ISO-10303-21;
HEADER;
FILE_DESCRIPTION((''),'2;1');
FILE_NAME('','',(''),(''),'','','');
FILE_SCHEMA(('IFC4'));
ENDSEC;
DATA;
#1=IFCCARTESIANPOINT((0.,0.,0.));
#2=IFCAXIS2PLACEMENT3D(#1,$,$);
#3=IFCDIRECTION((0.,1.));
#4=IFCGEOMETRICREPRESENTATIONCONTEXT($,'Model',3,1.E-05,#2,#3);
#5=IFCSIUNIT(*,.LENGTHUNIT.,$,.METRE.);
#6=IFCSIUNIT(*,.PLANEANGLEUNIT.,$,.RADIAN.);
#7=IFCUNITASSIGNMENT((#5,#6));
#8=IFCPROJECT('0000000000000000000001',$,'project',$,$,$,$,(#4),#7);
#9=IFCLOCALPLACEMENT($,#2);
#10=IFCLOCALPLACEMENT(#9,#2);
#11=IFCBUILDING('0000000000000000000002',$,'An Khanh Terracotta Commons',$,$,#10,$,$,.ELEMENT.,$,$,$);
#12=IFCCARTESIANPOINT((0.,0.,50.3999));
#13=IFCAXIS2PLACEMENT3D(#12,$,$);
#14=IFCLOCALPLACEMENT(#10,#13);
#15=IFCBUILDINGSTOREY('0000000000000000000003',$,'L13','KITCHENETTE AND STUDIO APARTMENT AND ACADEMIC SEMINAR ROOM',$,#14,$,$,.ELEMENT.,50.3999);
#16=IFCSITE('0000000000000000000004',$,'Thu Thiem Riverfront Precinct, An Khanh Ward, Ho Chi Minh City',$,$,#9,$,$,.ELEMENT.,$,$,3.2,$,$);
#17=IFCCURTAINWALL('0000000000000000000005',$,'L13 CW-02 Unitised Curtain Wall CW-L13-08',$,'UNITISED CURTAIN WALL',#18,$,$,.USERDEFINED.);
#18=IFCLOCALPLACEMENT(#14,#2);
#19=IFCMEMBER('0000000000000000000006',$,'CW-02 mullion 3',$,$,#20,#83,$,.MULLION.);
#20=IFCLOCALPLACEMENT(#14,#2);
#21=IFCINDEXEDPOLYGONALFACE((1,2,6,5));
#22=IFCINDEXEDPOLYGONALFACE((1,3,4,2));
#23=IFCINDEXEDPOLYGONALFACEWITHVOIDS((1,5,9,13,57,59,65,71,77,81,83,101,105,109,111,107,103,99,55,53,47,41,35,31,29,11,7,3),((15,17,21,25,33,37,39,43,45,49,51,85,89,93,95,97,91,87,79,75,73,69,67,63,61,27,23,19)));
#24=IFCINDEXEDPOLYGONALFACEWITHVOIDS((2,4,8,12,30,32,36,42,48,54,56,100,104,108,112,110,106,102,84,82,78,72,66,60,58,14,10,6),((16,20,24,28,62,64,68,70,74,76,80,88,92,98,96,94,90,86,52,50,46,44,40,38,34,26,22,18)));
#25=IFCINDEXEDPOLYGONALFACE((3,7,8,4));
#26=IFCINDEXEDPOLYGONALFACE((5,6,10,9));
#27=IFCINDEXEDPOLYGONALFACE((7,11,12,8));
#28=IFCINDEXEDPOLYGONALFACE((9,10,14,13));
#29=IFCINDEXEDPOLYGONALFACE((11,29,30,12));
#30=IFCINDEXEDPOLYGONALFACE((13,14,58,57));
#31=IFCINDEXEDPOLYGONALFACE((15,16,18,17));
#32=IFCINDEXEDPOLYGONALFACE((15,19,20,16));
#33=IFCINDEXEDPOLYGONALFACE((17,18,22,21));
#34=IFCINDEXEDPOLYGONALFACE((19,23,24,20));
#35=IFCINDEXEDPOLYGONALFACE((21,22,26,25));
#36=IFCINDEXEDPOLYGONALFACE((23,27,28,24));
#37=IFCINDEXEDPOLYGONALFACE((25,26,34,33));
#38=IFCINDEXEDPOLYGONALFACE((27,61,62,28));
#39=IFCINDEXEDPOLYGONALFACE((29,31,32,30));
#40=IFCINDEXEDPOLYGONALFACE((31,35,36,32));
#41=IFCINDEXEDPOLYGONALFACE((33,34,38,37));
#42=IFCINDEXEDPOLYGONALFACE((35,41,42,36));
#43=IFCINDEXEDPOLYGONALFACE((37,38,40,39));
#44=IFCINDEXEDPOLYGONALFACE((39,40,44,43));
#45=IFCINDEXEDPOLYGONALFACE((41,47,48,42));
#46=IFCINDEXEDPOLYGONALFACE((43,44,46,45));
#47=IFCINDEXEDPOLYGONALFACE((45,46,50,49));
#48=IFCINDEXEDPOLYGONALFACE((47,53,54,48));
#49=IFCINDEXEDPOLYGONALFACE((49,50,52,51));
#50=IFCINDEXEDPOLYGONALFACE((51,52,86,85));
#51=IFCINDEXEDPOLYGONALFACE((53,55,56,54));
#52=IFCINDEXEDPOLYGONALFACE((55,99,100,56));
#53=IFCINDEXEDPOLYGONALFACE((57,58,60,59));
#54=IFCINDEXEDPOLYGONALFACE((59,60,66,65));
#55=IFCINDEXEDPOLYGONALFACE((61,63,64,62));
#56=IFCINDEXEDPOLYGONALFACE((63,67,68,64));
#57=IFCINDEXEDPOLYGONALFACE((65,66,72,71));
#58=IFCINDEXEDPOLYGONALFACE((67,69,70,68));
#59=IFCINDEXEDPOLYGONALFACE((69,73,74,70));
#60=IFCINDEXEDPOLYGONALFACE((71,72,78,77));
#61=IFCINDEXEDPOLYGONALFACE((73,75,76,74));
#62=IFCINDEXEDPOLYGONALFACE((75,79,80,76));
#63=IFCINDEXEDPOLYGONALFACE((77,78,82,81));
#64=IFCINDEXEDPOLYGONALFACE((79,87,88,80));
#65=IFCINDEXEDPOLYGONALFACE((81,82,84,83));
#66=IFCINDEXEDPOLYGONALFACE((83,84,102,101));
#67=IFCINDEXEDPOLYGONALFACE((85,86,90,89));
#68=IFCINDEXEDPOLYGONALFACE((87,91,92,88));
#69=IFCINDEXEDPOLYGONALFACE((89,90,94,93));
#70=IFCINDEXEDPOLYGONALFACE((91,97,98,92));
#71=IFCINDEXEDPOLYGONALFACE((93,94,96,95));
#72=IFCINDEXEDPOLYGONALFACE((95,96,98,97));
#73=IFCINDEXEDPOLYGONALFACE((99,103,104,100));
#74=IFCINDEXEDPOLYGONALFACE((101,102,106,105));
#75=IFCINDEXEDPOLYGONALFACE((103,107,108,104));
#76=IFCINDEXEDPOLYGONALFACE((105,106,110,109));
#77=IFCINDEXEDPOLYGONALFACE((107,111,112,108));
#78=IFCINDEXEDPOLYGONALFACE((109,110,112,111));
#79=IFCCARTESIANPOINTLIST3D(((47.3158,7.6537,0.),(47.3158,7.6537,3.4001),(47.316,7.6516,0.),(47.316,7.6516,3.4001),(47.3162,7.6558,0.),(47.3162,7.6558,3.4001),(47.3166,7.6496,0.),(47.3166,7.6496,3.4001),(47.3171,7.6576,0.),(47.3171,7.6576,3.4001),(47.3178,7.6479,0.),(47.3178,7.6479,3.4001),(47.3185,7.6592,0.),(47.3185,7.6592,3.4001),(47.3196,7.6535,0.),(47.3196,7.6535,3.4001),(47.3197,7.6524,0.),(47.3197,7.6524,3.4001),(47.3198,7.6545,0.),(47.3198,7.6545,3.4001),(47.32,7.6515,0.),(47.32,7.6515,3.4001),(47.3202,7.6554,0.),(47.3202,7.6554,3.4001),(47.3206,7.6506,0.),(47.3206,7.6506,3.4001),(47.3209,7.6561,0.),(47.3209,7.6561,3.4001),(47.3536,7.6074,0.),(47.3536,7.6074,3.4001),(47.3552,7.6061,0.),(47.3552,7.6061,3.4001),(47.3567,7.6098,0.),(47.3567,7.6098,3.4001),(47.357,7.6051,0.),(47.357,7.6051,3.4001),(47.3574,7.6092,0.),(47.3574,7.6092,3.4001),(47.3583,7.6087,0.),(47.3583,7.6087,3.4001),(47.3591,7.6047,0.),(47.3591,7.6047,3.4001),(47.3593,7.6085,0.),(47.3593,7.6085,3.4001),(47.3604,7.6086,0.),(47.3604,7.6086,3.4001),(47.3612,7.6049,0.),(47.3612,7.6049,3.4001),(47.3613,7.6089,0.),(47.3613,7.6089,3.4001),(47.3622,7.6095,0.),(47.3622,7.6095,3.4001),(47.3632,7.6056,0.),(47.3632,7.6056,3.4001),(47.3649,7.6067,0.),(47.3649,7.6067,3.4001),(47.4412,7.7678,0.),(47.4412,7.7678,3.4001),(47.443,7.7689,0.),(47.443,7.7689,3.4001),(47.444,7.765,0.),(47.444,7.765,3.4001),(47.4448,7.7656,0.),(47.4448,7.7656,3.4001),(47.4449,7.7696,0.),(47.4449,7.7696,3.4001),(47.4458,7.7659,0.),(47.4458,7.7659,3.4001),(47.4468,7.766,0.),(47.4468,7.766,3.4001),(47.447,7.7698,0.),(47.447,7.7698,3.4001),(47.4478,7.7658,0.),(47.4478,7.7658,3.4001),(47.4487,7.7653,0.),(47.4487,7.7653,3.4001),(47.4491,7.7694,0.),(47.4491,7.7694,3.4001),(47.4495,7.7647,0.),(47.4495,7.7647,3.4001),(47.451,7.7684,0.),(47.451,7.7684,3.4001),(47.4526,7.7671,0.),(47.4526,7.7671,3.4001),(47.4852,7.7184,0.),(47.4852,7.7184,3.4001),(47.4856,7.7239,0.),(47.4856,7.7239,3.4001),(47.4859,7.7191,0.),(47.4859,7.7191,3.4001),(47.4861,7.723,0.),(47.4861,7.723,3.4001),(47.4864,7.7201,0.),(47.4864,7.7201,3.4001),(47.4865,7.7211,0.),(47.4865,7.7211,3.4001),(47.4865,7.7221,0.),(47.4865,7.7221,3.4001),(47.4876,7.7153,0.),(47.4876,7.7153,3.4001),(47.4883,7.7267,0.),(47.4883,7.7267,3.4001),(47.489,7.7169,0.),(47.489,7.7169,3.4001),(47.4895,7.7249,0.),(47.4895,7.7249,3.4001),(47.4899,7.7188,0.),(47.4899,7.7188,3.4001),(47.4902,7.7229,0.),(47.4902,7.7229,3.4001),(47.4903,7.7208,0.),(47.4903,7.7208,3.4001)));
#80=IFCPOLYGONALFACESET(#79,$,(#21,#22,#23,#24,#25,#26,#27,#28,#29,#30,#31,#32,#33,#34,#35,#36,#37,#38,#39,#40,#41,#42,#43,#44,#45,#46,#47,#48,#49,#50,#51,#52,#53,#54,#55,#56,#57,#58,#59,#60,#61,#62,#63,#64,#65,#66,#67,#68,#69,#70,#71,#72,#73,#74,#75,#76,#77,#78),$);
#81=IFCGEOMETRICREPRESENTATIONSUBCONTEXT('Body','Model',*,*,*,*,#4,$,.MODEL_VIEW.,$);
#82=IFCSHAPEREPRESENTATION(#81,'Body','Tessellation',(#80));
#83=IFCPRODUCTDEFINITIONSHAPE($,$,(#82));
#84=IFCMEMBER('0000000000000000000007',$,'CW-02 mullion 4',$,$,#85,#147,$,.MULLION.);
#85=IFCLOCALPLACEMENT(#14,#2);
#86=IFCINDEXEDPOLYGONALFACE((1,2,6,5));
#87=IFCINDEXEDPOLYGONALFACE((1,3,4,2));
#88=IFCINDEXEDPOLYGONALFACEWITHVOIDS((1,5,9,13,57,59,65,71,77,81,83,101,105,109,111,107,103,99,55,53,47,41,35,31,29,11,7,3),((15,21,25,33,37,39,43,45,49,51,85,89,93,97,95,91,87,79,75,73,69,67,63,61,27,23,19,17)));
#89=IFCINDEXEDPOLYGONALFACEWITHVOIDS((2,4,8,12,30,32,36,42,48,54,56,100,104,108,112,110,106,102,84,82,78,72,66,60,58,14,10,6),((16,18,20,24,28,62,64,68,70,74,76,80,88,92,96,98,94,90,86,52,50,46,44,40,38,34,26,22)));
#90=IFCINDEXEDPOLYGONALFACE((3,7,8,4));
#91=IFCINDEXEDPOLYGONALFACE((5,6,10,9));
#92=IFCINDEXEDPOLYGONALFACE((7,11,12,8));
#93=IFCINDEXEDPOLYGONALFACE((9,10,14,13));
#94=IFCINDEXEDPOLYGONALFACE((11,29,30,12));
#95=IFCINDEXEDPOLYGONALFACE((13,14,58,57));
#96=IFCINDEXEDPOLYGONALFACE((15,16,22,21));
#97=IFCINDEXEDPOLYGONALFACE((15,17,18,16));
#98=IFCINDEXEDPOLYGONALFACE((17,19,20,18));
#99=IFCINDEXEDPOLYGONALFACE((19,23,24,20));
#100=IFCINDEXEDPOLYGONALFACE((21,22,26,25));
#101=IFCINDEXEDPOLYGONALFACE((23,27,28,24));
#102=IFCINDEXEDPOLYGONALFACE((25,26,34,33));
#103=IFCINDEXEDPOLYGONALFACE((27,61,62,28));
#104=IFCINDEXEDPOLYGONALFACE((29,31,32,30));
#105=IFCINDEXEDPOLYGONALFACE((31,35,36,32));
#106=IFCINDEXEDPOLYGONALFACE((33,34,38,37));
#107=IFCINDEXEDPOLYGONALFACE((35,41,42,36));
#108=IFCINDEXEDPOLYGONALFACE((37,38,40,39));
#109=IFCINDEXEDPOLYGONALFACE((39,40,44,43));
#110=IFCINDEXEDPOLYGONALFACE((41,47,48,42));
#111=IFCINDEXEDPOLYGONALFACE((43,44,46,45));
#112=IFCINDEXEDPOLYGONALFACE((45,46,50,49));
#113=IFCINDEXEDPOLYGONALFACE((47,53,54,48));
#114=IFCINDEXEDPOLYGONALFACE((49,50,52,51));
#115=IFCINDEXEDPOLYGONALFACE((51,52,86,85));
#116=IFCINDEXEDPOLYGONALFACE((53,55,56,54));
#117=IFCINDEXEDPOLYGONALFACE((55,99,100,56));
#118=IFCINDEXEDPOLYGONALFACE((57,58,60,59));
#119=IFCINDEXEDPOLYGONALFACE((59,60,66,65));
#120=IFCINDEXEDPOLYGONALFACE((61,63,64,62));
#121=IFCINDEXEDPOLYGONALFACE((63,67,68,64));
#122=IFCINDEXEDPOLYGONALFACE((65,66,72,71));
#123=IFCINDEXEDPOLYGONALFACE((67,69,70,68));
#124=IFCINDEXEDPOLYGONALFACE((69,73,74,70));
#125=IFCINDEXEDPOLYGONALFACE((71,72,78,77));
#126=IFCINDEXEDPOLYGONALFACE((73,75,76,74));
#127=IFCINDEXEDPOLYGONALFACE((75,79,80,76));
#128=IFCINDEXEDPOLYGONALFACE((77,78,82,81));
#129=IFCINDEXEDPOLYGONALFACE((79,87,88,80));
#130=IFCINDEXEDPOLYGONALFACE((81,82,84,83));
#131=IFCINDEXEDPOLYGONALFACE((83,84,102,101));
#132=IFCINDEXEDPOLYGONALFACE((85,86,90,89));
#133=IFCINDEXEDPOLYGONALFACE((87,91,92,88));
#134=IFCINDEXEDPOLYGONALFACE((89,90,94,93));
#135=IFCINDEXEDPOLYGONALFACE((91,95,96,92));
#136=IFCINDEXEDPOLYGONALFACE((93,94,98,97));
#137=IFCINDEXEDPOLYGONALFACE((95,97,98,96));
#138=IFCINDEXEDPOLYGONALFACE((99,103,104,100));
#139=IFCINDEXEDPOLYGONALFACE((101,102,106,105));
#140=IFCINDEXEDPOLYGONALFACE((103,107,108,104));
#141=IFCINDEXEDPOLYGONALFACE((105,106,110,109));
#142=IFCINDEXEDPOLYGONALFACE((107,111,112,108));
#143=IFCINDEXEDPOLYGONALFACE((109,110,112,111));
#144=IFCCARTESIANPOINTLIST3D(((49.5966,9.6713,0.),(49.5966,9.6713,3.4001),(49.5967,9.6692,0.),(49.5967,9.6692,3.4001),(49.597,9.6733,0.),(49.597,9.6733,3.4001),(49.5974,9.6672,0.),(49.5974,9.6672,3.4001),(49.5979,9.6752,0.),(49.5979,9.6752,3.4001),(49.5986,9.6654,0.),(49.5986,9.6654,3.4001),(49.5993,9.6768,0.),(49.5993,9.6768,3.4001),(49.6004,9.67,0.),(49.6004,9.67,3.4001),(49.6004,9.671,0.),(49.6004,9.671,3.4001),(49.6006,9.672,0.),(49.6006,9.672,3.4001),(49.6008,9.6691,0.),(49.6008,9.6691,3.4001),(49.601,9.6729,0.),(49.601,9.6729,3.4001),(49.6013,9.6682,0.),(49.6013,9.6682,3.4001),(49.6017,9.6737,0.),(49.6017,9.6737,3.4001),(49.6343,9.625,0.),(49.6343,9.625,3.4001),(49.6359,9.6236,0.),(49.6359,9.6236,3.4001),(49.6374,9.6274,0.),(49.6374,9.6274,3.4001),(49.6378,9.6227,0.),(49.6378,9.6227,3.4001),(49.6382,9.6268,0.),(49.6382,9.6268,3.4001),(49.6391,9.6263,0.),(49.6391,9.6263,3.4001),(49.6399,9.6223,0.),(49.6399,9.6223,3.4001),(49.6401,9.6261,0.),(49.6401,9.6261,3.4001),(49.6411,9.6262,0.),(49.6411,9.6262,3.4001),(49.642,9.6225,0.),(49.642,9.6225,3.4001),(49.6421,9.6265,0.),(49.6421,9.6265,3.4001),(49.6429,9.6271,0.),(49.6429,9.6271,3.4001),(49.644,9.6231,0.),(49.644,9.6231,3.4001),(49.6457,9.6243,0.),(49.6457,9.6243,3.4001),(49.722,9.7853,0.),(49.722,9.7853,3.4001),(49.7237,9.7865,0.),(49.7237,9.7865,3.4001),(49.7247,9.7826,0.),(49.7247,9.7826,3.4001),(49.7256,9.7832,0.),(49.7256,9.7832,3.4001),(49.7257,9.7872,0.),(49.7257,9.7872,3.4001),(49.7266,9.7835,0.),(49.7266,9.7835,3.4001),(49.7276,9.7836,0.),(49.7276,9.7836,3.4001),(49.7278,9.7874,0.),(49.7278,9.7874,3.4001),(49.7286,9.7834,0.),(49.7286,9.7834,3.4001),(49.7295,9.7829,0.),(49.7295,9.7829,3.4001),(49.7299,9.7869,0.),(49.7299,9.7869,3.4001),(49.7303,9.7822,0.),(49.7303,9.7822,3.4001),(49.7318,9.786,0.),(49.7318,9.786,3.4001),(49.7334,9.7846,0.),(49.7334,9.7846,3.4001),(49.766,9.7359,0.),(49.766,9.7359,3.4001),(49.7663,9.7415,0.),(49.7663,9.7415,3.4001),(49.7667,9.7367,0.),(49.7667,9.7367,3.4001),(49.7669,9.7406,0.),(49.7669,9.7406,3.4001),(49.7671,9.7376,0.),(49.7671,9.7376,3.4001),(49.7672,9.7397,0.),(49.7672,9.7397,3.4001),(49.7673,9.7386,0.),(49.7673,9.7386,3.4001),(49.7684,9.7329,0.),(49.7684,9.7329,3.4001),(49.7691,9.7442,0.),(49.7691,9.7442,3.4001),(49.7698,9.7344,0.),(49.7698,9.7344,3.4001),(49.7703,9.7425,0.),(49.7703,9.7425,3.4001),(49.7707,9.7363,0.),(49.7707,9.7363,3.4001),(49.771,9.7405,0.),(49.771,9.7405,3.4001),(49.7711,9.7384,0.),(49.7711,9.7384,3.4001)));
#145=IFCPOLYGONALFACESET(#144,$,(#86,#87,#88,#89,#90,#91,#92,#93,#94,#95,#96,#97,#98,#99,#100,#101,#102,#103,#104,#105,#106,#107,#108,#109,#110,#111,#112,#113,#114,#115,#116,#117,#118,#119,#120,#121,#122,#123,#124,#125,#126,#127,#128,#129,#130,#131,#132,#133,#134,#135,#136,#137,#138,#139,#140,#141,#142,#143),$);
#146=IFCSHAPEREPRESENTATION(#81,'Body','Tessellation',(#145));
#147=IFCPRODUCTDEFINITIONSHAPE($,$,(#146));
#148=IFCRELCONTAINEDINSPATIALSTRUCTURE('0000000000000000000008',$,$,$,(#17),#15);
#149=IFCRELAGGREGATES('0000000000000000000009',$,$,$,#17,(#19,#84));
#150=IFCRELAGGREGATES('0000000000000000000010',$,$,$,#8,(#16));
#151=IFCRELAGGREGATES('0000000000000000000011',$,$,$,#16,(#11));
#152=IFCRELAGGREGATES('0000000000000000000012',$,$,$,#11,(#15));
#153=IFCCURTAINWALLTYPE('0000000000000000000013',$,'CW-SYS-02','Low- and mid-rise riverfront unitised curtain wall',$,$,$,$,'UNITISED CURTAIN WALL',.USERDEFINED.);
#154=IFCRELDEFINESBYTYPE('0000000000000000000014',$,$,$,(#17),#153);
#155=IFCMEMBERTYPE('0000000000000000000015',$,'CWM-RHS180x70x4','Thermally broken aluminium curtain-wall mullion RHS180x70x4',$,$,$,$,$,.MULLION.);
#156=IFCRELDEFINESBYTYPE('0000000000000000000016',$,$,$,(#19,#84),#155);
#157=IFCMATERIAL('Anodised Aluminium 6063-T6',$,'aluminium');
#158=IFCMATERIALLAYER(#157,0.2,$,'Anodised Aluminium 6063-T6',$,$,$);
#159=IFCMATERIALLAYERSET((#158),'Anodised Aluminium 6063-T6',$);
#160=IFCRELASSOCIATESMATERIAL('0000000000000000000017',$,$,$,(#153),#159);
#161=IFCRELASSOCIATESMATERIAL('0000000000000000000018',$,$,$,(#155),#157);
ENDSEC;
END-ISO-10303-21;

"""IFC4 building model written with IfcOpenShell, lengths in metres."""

from ifc_helpers import new_model, si_unit, direction, frame, origin, origin_2d, place, context, subcontext, project, spatial, hollow_rectangle, extrude, material, layer, layer_set, material_profile, profile_set, type_object, element, aggregate, save


model = new_model("IFC4")

# Units and contexts
model_context = context("Model", 3, precision=1e-05, world=origin(), true_north=direction((0.0, 1.0)))
body_context = subcontext(model_context, "Body", "Model", "MODEL_VIEW")
ifc_project = project(units=[si_unit("LENGTHUNIT", "METRE"), si_unit("PLANEANGLEUNIT", "RADIAN")], contexts=[model_context])

# Site, building, storey
site_placement = place(None, origin())
site = spatial("IfcSite", under=ifc_project, at=site_placement, Name="Thu Thiem Riverfront Precinct, An Khanh Ward, Ho Chi Minh City", CompositionType="ELEMENT", RefElevation=3.2)
building_placement = place(site_placement, origin())
building = spatial("IfcBuilding", under=site, at=building_placement, Name="An Khanh Terracotta Commons", CompositionType="ELEMENT")
storey_placement = place(building_placement, frame((0.0, 0.0, 50.3999)))
storey = spatial("IfcBuildingStorey", under=building, at=storey_placement, Name="L13", Description="KITCHENETTE AND STUDIO APARTMENT AND ACADEMIC SEMINAR ROOM", CompositionType="ELEMENT", Elevation=50.3999)

# Curtain wall, members
ifc_material_1 = material(Name="Anodised Aluminium 6063-T6", Category="aluminium")
ifc_layer_1 = layer(ifc_material_1, 0.2, Name="Anodised Aluminium 6063-T6")
ifc_layer_set_1 = layer_set([ifc_layer_1], Name="Anodised Aluminium 6063-T6")
curtain_wall_type = type_object("IfcCurtainWallType", Name="CW-SYS-02", Description="Low- and mid-rise riverfront unitised curtain wall", ElementType="UNITISED CURTAIN WALL", PredefinedType="USERDEFINED", material=ifc_layer_set_1)
curtain_wall_1_placement = place(storey_placement, origin())
curtain_wall_1 = element("IfcCurtainWall", 1, at=curtain_wall_1_placement, inside=storey, type_object=curtain_wall_type, Name="L13 CW-02 Unitised Curtain Wall CW-L13-08", ObjectType="UNITISED CURTAIN WALL", PredefinedType="USERDEFINED")
ifc_material_profile_1 = material_profile(ifc_material_1, hollow_rectangle(XDim=0.0701, YDim=0.1799, WallThickness=0.0039, InnerFilletRadius=0.0039, OuterFilletRadius=0.0081, at=origin_2d()), Name="RHS180x70x4")
ifc_profile_set_1 = profile_set([ifc_material_profile_1], Name="Anodised Aluminium 6063-T6")
member_type_1 = type_object("IfcMemberType", Name="CWM-RHS180x70x4", Description="Thermally broken aluminium curtain-wall mullion RHS180x70x4", PredefinedType="MULLION", material=ifc_profile_set_1)
member_1_placement = place(storey_placement, frame((47.4031, 7.6873, 0.0), z_axis=(0.0, 0.0, 1.0), x_axis=(-0.662548, 0.749019, 0.0)))
member_1 = element("IfcMember", 2, at=member_1_placement, type_object=member_type_1, Name="CW-02 mullion 3", PredefinedType="MULLION", context=body_context, shape_type="SweptSolid", body=[
    extrude(hollow_rectangle(XDim=0.0701, YDim=0.1799, WallThickness=0.0039, InnerFilletRadius=0.0039, OuterFilletRadius=0.0081, at=origin_2d()), origin(), (0.0, 0.0, 1.0), 3.4001),
])
member_2_placement = place(storey_placement, frame((49.6838, 9.7048, 0.0), z_axis=(0.0, 0.0, 1.0), x_axis=(-0.662548, 0.749019, 0.0)))
member_2 = element("IfcMember", 3, at=member_2_placement, type_object=member_type_1, Name="CW-02 mullion 4", PredefinedType="MULLION", context=body_context, shape_type="SweptSolid", body=[
    extrude(hollow_rectangle(XDim=0.0701, YDim=0.1799, WallThickness=0.0039, InnerFilletRadius=0.0039, OuterFilletRadius=0.0081, at=origin_2d()), origin(), (0.0, 0.0, 1.0), 3.4001),
])

aggregate(curtain_wall_1, [member_1, member_2])

save(model, "model.ifc")
